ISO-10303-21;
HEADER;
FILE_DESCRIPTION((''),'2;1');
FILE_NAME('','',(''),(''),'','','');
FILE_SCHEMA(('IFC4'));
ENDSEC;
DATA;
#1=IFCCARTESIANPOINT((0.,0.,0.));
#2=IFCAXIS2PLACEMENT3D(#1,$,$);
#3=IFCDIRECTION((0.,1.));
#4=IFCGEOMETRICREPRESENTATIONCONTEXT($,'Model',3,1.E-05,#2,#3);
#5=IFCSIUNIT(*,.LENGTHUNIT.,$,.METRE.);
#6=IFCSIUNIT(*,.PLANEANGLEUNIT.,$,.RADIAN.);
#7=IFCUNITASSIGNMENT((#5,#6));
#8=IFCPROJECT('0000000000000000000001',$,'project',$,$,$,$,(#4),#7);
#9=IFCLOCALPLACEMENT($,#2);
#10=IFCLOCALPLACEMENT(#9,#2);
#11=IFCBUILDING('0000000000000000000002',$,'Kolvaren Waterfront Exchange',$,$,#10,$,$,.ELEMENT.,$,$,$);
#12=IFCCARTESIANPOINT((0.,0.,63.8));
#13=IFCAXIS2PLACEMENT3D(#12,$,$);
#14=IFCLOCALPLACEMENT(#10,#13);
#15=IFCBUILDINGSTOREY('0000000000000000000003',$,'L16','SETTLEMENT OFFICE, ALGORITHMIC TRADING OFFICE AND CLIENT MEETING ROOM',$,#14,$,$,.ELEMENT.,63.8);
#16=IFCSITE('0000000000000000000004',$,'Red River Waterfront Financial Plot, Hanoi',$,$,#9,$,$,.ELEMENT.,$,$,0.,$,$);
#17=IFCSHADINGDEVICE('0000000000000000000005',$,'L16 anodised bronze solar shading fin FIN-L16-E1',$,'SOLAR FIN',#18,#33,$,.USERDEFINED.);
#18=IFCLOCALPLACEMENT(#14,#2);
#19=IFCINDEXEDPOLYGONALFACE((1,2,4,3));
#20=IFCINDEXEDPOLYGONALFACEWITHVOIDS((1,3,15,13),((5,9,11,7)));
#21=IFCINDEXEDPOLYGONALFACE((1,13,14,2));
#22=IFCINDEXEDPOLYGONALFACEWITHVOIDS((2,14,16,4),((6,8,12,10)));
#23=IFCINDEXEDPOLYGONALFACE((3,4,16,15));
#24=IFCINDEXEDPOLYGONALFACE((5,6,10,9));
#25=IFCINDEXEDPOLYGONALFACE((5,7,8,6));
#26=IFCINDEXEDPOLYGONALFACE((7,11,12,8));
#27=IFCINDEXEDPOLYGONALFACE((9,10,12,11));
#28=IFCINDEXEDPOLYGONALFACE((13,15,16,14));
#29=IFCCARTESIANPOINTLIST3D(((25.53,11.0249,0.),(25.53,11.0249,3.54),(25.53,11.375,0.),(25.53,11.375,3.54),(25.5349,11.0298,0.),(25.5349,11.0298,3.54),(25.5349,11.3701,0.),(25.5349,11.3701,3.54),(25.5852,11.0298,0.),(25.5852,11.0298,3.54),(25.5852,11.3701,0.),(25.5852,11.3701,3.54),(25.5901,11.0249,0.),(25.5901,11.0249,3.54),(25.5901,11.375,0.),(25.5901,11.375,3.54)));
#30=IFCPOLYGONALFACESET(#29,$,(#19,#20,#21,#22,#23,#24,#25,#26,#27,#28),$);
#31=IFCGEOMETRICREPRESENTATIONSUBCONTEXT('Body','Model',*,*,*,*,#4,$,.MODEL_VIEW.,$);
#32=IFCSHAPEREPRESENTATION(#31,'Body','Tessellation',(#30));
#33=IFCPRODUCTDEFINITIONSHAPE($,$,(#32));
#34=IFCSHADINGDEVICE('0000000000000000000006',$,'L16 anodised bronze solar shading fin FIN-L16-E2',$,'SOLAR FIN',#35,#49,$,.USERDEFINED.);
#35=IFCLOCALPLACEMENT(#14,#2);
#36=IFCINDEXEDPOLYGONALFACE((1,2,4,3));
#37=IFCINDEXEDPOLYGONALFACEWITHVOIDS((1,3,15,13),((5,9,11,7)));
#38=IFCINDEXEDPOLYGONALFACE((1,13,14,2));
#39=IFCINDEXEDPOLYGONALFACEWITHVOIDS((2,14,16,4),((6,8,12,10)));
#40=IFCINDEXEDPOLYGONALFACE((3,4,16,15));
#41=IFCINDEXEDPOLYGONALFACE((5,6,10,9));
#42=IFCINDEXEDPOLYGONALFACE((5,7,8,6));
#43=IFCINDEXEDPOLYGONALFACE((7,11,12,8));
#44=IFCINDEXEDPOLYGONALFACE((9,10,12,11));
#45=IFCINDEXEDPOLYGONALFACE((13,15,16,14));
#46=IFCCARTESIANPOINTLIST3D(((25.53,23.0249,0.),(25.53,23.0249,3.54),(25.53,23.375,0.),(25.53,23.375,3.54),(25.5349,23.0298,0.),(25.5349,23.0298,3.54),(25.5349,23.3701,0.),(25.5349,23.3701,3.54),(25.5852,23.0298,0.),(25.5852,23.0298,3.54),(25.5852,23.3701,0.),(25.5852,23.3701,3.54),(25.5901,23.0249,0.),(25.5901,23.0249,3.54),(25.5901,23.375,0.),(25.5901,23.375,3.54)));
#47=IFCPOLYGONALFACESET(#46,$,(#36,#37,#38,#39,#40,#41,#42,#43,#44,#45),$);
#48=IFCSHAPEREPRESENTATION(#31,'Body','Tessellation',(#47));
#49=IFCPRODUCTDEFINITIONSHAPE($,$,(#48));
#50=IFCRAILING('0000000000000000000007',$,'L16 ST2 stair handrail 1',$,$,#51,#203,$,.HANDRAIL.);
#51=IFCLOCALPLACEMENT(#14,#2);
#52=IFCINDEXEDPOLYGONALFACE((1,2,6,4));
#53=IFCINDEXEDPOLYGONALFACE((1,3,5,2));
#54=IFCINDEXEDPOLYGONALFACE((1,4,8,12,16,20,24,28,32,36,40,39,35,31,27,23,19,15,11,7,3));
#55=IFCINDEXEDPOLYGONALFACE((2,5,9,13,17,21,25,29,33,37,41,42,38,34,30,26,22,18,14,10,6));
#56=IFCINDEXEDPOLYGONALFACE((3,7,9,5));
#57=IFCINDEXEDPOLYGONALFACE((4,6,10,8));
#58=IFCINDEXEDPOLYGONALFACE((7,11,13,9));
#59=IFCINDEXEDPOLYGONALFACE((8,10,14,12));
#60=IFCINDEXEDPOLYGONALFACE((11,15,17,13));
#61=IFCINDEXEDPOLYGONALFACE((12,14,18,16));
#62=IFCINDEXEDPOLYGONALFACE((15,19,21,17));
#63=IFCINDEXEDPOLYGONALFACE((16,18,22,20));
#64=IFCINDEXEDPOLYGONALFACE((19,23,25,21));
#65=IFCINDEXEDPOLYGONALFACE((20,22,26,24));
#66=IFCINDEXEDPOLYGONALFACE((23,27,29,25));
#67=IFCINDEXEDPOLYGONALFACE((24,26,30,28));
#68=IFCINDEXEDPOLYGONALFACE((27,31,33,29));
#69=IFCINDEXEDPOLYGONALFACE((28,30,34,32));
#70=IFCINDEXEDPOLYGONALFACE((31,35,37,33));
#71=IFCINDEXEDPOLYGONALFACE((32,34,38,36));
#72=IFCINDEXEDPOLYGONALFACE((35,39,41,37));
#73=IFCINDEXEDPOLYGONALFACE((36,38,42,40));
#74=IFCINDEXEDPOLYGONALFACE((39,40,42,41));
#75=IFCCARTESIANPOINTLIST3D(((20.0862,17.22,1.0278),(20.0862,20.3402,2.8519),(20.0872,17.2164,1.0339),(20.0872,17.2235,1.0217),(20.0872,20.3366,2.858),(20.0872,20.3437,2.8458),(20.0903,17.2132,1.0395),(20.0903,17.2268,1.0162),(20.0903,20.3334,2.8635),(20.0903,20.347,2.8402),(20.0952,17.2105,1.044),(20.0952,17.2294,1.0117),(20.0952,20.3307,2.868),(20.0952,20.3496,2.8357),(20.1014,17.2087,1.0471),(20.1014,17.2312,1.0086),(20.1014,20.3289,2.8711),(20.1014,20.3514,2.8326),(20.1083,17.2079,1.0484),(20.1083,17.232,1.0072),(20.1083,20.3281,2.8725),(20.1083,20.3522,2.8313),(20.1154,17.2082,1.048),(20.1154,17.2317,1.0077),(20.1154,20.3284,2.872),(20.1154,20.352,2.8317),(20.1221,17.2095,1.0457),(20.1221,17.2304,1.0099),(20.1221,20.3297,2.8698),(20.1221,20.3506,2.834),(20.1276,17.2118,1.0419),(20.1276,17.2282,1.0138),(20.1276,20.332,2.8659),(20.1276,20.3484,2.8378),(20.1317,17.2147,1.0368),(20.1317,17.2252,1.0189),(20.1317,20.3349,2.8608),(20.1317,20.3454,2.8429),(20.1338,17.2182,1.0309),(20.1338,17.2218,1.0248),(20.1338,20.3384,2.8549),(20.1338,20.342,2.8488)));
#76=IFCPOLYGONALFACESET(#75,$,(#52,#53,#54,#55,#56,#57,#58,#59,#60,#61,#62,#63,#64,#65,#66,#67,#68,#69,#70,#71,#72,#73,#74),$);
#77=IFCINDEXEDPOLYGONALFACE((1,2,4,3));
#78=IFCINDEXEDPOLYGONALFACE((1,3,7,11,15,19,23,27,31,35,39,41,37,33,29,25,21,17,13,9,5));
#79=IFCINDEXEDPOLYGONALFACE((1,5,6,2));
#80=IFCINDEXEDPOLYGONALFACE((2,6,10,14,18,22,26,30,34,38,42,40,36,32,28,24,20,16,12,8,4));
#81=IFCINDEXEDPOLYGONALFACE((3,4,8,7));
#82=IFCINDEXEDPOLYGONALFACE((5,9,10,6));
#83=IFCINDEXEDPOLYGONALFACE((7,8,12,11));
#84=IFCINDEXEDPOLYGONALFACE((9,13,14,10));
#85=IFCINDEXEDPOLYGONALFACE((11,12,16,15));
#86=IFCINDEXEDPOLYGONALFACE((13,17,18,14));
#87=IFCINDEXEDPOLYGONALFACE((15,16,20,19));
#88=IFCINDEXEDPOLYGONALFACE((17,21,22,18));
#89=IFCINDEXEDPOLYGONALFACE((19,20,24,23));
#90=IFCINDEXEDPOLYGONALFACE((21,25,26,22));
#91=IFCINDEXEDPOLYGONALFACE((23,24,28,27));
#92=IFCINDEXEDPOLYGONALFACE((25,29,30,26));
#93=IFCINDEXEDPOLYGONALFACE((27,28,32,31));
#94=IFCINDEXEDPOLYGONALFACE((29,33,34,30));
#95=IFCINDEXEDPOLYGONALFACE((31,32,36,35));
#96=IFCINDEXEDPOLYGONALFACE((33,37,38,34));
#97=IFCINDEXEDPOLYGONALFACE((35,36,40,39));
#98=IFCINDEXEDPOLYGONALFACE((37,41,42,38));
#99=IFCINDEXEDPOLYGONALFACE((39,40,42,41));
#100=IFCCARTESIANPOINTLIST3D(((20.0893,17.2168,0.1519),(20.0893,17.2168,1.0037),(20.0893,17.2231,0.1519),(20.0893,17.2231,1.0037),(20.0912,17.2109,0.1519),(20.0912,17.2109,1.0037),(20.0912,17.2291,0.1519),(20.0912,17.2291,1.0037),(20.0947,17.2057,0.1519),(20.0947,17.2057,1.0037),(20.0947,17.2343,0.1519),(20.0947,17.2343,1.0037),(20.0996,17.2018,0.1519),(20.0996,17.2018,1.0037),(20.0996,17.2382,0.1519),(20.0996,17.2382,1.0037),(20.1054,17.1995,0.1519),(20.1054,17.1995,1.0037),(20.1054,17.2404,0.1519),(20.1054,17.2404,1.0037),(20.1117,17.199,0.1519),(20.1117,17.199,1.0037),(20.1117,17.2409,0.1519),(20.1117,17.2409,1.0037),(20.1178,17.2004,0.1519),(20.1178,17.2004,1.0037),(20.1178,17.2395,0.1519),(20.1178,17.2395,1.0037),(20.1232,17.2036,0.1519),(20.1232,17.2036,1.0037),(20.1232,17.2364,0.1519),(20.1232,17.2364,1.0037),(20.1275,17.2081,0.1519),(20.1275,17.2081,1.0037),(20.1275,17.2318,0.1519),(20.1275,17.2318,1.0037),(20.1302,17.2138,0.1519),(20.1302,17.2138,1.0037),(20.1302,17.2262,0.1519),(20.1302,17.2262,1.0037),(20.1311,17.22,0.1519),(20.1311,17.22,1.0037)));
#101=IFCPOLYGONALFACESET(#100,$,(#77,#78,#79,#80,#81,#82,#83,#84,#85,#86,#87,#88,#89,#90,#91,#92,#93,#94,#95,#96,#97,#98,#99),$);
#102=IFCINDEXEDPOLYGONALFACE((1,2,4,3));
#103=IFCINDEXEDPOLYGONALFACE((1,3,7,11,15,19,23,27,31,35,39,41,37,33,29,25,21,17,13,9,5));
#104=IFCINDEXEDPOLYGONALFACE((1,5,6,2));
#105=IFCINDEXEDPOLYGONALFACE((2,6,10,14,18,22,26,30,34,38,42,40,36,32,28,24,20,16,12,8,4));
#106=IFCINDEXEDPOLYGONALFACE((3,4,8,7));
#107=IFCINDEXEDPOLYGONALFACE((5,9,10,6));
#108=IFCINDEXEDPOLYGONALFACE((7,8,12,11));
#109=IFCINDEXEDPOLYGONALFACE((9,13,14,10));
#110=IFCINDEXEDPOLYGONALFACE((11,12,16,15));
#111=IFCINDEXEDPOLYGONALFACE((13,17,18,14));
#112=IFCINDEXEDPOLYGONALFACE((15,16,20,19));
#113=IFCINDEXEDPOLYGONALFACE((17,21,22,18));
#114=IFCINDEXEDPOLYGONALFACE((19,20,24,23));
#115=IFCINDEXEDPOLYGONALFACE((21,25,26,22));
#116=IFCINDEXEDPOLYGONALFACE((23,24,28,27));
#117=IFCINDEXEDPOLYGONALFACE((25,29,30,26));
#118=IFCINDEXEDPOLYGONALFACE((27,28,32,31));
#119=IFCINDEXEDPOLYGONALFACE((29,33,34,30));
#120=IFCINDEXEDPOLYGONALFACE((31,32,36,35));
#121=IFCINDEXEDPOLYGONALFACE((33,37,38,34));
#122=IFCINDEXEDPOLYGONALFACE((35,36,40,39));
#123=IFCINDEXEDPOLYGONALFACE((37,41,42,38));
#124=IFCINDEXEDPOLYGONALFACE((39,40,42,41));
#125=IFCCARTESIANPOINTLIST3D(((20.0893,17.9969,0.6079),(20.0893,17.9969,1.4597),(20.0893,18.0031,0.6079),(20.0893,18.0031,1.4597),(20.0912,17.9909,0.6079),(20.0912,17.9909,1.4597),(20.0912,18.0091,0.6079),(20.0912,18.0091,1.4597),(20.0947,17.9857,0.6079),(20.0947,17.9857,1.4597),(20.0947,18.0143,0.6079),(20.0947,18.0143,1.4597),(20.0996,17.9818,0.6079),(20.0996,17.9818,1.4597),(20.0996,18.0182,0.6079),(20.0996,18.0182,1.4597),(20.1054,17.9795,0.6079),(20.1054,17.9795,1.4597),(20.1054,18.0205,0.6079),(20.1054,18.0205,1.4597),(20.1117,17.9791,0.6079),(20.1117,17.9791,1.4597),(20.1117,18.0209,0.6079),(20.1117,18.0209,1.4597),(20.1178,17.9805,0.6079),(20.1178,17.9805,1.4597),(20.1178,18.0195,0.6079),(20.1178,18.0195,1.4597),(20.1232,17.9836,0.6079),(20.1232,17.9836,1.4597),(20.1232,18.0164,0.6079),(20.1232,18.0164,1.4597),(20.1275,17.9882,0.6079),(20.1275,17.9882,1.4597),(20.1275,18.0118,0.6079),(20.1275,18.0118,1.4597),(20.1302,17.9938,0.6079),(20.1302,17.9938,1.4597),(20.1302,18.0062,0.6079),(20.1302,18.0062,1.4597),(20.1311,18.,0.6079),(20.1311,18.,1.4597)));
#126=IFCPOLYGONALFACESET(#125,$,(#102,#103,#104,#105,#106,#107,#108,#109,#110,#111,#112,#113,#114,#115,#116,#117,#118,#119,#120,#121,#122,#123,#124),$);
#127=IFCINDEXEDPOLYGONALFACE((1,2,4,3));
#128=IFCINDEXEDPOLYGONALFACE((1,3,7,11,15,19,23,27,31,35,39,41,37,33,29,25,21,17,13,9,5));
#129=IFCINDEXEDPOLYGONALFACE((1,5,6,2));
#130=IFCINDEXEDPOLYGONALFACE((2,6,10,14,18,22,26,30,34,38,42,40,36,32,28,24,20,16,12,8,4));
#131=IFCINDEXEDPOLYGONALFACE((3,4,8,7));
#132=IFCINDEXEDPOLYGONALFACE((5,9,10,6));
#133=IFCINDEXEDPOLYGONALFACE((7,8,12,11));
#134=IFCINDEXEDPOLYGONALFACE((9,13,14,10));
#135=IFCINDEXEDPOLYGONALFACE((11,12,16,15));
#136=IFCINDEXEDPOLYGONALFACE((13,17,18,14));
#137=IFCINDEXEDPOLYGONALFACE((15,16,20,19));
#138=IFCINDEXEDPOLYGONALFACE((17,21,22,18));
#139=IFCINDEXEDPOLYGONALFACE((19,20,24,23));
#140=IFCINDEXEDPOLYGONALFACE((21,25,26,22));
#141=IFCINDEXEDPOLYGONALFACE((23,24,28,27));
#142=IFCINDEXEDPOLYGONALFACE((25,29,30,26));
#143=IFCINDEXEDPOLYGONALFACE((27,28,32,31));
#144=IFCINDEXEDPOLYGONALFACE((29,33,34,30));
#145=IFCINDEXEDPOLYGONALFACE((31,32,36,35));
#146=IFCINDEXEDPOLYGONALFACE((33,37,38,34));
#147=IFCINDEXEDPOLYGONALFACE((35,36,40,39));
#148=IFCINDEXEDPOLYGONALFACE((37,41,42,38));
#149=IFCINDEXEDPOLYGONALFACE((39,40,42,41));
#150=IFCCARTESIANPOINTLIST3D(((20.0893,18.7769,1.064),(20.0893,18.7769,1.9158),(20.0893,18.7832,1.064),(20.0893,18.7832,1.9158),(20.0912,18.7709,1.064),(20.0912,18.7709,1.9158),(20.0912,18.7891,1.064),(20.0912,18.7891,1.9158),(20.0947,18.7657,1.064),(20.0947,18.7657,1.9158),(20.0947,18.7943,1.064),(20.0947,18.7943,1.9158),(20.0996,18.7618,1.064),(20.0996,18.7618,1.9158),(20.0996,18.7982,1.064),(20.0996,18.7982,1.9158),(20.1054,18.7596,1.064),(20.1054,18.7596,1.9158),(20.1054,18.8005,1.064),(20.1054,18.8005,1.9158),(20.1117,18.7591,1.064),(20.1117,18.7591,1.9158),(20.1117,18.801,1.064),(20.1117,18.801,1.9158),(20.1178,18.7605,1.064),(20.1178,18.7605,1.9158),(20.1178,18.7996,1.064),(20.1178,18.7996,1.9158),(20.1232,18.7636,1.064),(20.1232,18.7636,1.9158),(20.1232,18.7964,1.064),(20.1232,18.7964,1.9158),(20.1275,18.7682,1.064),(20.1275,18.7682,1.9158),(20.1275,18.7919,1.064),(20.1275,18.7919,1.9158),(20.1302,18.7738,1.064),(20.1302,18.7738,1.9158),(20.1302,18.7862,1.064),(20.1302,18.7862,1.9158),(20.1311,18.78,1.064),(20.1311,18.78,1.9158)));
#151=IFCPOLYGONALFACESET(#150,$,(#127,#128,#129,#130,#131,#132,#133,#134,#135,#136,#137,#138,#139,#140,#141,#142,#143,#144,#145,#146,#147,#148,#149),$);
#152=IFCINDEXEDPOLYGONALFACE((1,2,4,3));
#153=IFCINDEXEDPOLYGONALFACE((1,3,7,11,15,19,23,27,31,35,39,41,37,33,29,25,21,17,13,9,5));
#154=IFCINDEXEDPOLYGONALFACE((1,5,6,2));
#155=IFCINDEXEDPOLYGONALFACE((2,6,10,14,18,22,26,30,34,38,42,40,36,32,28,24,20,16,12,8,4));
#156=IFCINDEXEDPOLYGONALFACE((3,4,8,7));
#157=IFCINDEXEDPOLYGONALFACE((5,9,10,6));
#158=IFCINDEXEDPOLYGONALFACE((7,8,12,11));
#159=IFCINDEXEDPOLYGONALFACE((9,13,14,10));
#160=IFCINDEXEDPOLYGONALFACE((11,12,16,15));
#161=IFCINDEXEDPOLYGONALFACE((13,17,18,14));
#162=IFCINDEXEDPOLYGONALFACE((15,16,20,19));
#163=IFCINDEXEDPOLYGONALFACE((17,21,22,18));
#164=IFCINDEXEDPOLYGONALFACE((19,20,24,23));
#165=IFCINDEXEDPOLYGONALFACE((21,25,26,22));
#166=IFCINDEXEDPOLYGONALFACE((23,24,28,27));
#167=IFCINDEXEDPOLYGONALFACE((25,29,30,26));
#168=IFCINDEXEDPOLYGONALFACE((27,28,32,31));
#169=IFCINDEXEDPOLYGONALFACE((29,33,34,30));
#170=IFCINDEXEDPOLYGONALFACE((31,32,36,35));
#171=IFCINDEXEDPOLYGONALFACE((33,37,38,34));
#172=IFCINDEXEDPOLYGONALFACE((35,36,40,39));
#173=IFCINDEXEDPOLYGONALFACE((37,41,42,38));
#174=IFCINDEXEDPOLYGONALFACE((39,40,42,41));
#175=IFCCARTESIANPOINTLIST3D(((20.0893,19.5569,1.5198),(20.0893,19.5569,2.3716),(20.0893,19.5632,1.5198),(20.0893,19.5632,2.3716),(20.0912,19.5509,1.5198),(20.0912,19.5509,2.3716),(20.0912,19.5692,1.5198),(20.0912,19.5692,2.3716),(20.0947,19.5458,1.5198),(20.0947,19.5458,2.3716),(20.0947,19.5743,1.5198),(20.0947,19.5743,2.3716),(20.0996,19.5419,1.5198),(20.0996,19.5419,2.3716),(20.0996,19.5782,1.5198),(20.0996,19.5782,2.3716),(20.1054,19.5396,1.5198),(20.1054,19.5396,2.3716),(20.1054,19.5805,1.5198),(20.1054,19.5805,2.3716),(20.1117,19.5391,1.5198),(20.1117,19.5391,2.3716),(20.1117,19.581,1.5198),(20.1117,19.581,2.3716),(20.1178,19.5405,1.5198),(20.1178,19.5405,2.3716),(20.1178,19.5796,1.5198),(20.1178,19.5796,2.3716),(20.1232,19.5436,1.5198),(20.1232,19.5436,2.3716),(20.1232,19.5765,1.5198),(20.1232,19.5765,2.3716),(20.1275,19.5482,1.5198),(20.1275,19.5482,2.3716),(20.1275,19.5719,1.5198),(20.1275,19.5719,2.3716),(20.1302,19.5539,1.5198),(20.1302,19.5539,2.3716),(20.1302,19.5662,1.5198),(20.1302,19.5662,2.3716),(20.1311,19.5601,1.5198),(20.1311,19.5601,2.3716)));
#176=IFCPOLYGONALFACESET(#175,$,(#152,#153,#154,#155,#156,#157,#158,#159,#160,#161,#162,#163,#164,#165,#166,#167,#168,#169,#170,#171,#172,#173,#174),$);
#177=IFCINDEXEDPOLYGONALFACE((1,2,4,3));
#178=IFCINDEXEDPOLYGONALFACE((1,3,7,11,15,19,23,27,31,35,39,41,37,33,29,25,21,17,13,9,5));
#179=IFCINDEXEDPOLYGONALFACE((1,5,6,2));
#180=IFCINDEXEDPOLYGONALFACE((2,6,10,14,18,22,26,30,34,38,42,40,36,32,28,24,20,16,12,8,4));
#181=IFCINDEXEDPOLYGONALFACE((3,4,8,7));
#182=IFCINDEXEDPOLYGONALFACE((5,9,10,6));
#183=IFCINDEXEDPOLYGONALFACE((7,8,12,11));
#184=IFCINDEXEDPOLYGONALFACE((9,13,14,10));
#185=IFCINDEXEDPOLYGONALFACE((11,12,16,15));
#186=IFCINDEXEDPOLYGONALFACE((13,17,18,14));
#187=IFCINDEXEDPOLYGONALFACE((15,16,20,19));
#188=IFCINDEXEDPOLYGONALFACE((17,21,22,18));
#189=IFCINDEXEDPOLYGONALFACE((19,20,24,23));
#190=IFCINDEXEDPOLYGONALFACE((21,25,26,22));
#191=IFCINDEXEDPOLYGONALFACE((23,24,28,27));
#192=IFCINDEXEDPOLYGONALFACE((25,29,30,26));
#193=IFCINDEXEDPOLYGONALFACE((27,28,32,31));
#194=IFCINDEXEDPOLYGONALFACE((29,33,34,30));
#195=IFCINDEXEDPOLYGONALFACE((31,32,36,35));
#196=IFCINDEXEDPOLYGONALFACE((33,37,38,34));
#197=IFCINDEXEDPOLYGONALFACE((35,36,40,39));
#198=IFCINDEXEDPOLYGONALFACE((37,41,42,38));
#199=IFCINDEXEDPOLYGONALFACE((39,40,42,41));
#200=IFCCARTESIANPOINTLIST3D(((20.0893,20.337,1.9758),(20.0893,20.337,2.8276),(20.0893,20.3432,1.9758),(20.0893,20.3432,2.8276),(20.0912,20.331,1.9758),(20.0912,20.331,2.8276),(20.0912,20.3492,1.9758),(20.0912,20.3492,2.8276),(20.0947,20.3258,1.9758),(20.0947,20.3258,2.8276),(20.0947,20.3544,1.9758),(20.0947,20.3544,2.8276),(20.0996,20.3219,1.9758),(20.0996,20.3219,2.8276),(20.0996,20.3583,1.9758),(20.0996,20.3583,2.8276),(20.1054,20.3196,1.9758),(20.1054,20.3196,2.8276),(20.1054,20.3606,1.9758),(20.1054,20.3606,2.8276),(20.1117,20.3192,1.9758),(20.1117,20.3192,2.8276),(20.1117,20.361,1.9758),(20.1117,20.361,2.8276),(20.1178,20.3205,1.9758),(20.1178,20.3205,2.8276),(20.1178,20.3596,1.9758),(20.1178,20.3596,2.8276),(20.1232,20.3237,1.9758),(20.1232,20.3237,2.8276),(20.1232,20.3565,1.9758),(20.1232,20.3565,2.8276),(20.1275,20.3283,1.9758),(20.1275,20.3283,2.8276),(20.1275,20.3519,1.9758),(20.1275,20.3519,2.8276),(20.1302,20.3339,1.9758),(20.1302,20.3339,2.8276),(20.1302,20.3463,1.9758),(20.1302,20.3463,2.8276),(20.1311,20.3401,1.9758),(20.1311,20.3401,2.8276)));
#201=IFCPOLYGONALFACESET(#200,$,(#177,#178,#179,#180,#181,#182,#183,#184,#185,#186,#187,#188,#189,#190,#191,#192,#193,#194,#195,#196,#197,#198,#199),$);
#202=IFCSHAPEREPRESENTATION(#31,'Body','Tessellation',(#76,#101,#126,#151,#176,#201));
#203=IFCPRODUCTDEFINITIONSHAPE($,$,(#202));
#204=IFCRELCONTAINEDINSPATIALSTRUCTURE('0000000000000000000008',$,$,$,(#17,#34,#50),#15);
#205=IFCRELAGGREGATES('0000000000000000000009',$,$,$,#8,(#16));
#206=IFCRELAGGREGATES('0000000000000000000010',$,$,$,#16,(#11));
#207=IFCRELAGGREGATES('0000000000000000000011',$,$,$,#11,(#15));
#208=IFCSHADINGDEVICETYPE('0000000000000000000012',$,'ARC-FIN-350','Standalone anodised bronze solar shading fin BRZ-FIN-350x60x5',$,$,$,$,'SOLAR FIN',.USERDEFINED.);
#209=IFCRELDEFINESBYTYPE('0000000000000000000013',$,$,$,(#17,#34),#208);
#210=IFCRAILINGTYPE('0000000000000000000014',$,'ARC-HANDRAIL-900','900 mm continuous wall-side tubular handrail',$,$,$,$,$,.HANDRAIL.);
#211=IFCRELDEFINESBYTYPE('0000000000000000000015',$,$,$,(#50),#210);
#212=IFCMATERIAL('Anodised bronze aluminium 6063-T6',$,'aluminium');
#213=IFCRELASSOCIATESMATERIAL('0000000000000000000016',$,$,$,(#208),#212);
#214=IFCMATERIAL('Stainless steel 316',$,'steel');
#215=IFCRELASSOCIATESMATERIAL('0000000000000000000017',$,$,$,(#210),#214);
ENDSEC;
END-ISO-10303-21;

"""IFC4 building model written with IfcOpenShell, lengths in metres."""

from ifc_helpers import new_model, si_unit, direction, frame, origin, origin_2d, place, context, subcontext, project, spatial, hollow_rectangle, circle, extrude, material, material_profile, profile_set, type_object, element, save


model = new_model("IFC4")

# Units and contexts
model_context = context("Model", 3, precision=1e-05, world=origin(), true_north=direction((0.0, 1.0)))
body_context = subcontext(model_context, "Body", "Model", "MODEL_VIEW")
ifc_project = project(units=[si_unit("LENGTHUNIT", "METRE"), si_unit("PLANEANGLEUNIT", "RADIAN")], contexts=[model_context])

# Site, building, storey
site_placement = place(None, origin())
site = spatial("IfcSite", under=ifc_project, at=site_placement, Name="Red River Waterfront Financial Plot, Hanoi", CompositionType="ELEMENT", RefElevation=0.0)
building_placement = place(site_placement, origin())
building = spatial("IfcBuilding", under=site, at=building_placement, Name="Kolvaren Waterfront Exchange", CompositionType="ELEMENT")
storey_placement = place(building_placement, frame((0.0, 0.0, 63.8)))
storey = spatial("IfcBuildingStorey", under=building, at=storey_placement, Name="L16", Description="SETTLEMENT OFFICE, ALGORITHMIC TRADING OFFICE AND CLIENT MEETING ROOM", CompositionType="ELEMENT", Elevation=63.8)

# Shading devices
ifc_material_1 = material(Name="Anodised bronze aluminium 6063-T6", Category="aluminium")
ifc_material_profile_1 = material_profile(ifc_material_1, hollow_rectangle(XDim=0.0601, YDim=0.3501, WallThickness=0.0049, at=origin_2d()), Name="BRZ-FIN-350x60x5")
ifc_profile_set_1 = profile_set([ifc_material_profile_1], Name="Anodised bronze aluminium 6063-T6")
shading_device_type = type_object("IfcShadingDeviceType", Name="ARC-FIN-350", Description="Standalone anodised bronze solar shading fin BRZ-FIN-350x60x5", ElementType="SOLAR FIN", PredefinedType="USERDEFINED", material=ifc_profile_set_1)
for number, where, z_axis, x_axis, name in (
    (1, (25.5601, 11.2, 0.0), (0.0, 0.0, 1.0), (1.0, 0.0, 0.0), "L16 anodised bronze solar shading fin FIN-L16-E1"),
    (2, (25.5601, 23.2, 0.0), (0.0, 0.0, 1.0), (1.0, 0.0, 0.0), "L16 anodised bronze solar shading fin FIN-L16-E2"),
):
    element("IfcShadingDevice", number, at=place(storey_placement, frame(where, z_axis=z_axis, x_axis=x_axis)), inside=storey, type_object=shading_device_type, Name=name, ObjectType="SOLAR FIN", PredefinedType="USERDEFINED", context=body_context, shape_type="SweptSolid", body=[
        extrude(hollow_rectangle(XDim=0.0601, YDim=0.3501, WallThickness=0.0049, at=origin_2d()), origin(), (0.0, 0.0, 1.0), 3.54),
    ])

# Railing
ifc_material_2 = material(Name="Stainless steel 316", Category="steel")
railing_type = type_object("IfcRailingType", Name="ARC-HANDRAIL-900", Description="900 mm continuous wall-side tubular handrail", PredefinedType="HANDRAIL", material=ifc_material_2)
railing_1_placement = place(storey_placement, frame((20.1101, 17.22, 0.1519)))
element("IfcRailing", 3, at=railing_1_placement, inside=storey, type_object=railing_type, Name="L16 ST2 stair handrail 1", PredefinedType="HANDRAIL", context=body_context, shape_type="SweptSolid", body=[
    extrude(circle(Radius=0.0239, at=origin_2d()), frame((0.0, 0.0, 0.876), z_axis=(0.0, 0.863308, 0.504677), x_axis=(-1.0, 0.0, 0.0)), (0.0, 0.0, 1.0), 3.6143),
    extrude(circle(Radius=0.021, at=origin_2d()), origin(), (0.0, 0.0, 1.0), 0.8518),
    extrude(circle(Radius=0.021, at=origin_2d()), frame((0.0, 0.78, 0.4561)), (0.0, 0.0, 1.0), 0.8518),
    extrude(circle(Radius=0.021, at=origin_2d()), frame((0.0, 1.5601, 0.9121)), (0.0, 0.0, 1.0), 0.8518),
    extrude(circle(Radius=0.021, at=origin_2d()), frame((0.0, 2.3401, 1.3679)), (0.0, 0.0, 1.0), 0.8518),
    extrude(circle(Radius=0.021, at=origin_2d()), frame((0.0, 3.1201, 1.824)), (0.0, 0.0, 1.0), 0.8518),
])

save(model, "model.ifc")
